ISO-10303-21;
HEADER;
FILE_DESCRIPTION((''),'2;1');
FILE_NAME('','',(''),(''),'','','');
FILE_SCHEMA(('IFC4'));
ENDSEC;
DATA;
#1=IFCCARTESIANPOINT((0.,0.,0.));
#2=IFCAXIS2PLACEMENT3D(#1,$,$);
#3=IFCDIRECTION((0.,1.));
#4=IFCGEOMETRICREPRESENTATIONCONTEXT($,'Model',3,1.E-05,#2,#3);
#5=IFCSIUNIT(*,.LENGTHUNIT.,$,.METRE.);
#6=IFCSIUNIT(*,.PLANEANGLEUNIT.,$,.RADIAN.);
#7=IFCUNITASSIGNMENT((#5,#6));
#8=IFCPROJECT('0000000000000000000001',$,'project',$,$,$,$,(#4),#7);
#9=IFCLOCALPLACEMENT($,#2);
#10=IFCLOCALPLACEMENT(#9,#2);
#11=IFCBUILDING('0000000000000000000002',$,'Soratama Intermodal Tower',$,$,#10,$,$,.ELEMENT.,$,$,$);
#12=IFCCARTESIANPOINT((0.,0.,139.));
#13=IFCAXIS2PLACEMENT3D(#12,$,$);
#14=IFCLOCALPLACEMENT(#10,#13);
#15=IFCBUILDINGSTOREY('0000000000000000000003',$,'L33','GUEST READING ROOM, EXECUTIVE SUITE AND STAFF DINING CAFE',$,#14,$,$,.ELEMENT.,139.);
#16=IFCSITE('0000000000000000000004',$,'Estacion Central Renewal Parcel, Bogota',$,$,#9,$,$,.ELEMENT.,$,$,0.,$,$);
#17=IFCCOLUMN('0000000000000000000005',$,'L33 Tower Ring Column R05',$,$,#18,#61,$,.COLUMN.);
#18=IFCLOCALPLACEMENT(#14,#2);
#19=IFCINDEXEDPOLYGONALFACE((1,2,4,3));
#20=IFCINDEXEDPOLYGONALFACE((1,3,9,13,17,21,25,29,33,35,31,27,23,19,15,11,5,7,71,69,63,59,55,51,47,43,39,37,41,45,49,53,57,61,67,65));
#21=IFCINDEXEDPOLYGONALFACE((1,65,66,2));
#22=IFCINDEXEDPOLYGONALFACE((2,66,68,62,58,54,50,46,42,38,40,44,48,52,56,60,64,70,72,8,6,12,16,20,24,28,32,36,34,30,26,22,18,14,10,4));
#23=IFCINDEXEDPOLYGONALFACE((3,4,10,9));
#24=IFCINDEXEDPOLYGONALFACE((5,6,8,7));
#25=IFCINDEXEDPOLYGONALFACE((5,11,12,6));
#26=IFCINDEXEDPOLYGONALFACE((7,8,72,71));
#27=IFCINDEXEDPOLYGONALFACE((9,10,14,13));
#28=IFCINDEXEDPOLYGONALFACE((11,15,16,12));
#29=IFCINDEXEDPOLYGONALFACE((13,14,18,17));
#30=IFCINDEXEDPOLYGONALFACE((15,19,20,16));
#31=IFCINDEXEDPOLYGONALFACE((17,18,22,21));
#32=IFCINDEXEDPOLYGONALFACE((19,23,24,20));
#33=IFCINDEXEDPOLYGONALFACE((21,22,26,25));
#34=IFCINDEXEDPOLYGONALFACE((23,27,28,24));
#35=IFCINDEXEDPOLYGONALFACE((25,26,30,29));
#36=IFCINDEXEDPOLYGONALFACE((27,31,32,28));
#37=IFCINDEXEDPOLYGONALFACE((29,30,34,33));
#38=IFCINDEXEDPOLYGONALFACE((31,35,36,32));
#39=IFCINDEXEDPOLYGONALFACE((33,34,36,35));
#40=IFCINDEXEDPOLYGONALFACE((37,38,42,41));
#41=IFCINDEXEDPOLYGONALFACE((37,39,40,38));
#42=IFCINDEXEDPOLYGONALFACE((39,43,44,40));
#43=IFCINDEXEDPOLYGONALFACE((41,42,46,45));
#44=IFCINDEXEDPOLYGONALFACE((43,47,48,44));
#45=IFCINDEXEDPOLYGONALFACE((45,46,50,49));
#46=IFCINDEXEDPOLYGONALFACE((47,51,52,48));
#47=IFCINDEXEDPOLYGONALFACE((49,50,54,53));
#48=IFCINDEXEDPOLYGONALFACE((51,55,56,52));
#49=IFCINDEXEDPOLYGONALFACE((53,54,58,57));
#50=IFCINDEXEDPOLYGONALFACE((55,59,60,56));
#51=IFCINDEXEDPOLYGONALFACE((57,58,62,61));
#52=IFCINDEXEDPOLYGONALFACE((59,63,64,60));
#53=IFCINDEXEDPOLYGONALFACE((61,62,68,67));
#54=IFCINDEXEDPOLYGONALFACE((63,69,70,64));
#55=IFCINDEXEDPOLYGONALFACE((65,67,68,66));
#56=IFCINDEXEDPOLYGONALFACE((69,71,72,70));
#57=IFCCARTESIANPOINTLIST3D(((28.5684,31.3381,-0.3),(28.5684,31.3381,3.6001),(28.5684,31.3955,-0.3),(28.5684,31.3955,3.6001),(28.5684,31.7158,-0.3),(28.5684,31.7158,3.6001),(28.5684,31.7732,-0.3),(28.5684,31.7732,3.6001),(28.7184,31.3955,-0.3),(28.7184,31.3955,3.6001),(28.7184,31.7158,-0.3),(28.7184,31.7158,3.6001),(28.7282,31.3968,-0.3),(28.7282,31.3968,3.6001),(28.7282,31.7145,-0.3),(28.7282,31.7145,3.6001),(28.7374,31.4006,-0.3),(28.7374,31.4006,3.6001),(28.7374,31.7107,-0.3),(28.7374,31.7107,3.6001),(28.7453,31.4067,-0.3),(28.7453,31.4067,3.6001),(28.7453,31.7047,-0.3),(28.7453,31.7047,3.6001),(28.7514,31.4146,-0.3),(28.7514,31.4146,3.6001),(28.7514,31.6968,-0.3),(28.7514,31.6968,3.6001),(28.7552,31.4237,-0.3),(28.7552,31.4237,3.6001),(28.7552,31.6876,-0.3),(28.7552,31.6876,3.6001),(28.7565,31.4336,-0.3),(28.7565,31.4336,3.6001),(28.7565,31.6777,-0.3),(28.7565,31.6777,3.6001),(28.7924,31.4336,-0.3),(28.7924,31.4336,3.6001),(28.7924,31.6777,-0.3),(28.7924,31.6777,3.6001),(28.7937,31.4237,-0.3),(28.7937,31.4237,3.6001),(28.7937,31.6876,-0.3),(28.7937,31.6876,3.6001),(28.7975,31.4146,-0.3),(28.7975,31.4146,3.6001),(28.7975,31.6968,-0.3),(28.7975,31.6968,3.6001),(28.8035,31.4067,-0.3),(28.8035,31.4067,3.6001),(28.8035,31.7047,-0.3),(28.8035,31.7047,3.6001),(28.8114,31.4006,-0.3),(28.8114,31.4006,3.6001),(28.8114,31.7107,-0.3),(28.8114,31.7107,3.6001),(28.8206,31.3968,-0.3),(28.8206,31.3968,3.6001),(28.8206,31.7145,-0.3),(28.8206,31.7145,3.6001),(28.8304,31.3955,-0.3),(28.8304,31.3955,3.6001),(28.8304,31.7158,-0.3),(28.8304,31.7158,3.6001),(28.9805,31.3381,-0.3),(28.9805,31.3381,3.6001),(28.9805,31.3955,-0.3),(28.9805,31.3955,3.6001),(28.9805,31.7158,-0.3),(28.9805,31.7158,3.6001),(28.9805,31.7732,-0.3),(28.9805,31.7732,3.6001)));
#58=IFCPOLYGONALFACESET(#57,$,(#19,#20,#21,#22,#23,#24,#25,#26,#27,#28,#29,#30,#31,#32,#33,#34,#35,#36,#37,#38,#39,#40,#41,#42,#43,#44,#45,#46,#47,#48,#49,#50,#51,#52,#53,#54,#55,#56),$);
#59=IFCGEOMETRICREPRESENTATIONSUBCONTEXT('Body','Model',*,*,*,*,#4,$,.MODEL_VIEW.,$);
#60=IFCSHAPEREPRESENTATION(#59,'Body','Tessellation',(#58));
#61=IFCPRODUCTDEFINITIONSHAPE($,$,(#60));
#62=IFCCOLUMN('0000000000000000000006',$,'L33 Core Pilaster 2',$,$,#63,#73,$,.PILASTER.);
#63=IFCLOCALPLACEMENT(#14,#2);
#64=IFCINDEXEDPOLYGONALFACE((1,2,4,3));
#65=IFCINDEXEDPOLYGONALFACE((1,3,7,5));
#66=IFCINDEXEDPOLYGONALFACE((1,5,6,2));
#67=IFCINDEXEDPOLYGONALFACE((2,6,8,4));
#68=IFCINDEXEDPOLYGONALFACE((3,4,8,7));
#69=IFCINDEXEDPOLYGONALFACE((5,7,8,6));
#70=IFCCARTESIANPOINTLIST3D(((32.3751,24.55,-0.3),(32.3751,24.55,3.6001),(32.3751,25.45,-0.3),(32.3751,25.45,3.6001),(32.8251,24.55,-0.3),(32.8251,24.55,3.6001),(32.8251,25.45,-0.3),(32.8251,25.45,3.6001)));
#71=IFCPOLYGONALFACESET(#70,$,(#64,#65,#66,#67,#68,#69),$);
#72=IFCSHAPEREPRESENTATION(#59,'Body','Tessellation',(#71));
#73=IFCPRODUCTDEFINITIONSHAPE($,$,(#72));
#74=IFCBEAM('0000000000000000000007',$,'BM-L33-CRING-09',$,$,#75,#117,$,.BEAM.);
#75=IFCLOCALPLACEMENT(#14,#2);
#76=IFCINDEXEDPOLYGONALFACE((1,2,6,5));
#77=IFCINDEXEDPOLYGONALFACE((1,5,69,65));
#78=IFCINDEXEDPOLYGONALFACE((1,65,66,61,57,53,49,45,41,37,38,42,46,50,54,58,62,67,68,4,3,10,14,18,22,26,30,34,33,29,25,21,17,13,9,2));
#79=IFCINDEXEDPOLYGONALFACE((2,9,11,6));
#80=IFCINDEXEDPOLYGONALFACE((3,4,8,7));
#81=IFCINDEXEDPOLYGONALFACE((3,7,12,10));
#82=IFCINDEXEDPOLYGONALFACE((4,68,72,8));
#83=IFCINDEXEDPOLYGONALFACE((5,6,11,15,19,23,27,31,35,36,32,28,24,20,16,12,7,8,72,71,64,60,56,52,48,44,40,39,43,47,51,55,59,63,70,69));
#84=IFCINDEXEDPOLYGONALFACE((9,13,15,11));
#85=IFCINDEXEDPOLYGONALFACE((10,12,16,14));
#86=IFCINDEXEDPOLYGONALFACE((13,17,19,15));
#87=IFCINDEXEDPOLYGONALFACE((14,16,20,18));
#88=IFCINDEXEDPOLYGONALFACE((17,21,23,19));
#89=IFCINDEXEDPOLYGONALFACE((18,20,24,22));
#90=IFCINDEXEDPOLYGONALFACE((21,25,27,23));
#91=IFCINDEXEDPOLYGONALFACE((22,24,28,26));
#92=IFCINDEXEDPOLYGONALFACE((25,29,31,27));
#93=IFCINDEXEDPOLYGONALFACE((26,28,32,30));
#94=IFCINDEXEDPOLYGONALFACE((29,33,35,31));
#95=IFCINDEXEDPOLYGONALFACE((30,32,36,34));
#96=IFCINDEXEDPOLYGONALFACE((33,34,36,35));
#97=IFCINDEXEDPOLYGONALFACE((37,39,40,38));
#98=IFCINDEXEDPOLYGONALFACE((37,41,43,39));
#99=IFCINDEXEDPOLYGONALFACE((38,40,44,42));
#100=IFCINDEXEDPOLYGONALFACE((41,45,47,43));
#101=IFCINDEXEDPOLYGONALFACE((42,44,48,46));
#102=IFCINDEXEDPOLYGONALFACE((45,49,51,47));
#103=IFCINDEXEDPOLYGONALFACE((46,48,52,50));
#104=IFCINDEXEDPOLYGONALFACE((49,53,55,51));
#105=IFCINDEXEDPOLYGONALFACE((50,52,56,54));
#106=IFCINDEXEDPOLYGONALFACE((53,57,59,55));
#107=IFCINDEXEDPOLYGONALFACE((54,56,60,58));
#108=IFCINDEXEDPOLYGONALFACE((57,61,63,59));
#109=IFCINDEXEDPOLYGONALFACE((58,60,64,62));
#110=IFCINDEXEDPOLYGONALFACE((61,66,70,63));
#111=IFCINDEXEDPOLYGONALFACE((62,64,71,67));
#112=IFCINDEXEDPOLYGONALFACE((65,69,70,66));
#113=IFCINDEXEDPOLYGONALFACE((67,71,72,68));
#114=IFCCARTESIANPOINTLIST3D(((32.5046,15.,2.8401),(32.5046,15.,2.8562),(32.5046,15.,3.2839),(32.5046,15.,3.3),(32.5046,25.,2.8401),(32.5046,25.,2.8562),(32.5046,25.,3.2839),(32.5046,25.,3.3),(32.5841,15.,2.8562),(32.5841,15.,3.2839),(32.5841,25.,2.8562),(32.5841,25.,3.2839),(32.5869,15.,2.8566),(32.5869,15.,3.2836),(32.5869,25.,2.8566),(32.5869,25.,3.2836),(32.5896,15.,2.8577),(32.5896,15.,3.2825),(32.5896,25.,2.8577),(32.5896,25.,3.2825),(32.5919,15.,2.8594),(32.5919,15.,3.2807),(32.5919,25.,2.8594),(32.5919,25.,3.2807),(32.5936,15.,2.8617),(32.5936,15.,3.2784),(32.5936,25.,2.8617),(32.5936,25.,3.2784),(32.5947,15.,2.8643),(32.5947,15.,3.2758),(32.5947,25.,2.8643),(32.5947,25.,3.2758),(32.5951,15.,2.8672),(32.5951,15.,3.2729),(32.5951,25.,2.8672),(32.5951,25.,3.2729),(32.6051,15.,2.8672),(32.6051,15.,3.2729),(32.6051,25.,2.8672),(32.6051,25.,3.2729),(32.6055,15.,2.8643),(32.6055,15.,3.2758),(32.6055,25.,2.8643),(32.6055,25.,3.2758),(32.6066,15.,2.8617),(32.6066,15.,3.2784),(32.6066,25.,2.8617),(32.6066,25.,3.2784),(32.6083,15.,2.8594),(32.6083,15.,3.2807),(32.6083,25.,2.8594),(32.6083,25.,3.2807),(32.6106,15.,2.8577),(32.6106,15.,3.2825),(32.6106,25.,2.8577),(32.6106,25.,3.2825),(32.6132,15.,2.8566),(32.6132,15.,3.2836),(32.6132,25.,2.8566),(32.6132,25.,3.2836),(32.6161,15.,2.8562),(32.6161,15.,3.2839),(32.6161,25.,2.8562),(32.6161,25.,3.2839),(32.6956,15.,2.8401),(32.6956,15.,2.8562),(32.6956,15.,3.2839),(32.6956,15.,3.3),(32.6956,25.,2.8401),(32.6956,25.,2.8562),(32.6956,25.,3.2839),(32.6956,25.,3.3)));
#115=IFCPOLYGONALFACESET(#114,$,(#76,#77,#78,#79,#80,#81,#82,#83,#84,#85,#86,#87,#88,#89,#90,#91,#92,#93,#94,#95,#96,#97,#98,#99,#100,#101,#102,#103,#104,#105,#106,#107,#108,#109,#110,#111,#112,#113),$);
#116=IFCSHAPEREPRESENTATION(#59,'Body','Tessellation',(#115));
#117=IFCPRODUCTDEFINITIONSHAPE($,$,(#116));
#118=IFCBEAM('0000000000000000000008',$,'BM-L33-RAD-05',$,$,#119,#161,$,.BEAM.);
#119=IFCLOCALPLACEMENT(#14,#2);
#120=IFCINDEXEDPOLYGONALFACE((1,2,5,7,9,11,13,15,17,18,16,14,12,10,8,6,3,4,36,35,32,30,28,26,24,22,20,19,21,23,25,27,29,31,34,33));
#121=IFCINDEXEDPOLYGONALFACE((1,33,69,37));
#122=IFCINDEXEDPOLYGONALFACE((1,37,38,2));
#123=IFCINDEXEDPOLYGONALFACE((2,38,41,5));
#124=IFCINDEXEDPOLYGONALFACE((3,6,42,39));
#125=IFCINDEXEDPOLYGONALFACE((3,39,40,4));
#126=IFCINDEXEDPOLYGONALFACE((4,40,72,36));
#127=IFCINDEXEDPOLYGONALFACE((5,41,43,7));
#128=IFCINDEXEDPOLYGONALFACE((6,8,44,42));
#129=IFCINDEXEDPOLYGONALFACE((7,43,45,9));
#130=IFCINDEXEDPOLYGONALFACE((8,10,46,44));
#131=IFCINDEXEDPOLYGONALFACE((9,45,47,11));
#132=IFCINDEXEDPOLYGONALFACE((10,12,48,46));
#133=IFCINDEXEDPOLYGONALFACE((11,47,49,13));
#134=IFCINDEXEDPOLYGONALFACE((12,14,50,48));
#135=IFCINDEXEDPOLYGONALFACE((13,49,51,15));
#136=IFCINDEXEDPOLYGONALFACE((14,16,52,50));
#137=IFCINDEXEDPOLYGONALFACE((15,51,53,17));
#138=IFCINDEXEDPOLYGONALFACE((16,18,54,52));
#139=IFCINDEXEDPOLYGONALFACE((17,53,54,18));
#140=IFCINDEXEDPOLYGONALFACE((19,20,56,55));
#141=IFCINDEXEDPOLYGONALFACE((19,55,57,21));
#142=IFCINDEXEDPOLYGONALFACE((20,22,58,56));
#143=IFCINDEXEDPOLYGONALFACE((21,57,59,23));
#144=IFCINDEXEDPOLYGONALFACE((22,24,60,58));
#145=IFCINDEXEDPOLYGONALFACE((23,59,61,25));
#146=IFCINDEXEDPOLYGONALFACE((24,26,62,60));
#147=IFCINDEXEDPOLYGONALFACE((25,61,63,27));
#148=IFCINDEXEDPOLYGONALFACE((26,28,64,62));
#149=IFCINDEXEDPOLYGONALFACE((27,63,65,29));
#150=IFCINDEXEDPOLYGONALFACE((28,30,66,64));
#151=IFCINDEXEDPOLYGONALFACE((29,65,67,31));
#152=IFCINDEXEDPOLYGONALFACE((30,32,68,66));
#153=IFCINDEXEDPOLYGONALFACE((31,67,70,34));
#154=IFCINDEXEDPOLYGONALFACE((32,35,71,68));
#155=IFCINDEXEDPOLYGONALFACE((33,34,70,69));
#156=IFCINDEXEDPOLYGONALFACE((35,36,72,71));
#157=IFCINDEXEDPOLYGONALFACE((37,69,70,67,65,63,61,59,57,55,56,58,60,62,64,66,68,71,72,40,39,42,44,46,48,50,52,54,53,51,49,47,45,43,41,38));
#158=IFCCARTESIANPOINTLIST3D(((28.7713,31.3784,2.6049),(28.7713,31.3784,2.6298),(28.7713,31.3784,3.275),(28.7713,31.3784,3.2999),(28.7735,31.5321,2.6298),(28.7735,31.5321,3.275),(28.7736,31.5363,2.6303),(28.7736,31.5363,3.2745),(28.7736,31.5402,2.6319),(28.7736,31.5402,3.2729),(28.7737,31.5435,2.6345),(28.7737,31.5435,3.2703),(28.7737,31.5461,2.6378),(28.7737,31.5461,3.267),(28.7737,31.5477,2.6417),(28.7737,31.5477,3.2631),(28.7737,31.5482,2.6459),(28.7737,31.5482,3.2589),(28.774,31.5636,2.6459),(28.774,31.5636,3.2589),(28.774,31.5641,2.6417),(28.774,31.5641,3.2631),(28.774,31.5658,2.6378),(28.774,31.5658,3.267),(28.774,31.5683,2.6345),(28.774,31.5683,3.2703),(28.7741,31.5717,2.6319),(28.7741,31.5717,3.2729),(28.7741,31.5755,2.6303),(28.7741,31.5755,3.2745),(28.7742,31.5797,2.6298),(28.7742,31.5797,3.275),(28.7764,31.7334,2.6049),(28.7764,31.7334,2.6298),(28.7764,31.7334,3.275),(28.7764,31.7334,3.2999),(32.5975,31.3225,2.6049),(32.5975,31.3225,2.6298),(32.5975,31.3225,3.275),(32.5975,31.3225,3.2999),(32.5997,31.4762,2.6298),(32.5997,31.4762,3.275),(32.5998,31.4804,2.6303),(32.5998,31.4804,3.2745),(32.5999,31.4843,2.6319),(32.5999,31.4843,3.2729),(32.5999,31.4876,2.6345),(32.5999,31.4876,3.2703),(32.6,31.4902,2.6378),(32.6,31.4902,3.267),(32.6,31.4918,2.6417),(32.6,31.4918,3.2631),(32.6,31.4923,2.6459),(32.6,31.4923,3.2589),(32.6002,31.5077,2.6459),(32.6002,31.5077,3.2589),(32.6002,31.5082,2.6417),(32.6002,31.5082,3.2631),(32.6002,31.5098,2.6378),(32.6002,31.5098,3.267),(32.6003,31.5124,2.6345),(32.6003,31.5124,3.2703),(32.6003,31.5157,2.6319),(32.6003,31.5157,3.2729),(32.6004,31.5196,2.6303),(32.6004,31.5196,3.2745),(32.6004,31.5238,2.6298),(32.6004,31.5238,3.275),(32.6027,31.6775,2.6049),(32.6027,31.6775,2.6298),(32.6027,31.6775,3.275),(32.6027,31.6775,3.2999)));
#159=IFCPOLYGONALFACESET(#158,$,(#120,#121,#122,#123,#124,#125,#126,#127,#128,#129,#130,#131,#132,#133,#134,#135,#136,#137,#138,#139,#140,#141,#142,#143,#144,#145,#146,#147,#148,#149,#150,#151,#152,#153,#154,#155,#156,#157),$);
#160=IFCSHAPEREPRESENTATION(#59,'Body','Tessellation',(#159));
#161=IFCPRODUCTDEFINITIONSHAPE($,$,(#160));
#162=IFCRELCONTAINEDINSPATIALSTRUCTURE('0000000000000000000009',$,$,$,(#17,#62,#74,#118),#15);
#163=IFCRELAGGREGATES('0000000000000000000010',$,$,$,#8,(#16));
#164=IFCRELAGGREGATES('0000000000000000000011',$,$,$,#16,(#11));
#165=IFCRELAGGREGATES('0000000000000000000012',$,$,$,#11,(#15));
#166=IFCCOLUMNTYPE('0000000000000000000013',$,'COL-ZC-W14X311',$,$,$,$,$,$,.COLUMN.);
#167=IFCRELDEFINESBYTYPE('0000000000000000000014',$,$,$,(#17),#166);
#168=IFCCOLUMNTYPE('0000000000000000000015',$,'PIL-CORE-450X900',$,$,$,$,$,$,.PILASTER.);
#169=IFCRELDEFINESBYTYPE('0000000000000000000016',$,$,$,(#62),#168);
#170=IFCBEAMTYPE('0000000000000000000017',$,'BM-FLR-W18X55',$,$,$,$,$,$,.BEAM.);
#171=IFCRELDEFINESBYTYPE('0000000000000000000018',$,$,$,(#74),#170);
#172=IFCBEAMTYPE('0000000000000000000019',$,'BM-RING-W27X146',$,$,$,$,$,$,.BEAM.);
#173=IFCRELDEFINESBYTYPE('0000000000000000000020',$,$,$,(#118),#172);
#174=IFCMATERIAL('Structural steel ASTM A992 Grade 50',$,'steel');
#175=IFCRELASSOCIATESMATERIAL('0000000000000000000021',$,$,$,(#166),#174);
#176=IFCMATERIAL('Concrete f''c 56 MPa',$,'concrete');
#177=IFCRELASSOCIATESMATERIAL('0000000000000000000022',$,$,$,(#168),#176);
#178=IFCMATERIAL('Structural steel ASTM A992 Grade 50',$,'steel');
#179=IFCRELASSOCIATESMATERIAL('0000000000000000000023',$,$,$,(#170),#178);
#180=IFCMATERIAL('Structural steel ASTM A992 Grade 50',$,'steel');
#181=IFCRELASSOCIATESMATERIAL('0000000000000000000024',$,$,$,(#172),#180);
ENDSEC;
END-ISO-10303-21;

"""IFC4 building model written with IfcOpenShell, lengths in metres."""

from ifc_helpers import new_model, si_unit, direction, frame, origin, origin_2d, place, context, subcontext, project, spatial, rectangle, i_section, extrude, material, material_profile, profile_set, type_object, element, save


model = new_model("IFC4")

# Units and contexts
model_context = context("Model", 3, precision=1e-05, world=origin(), true_north=direction((0.0, 1.0)))
body_context = subcontext(model_context, "Body", "Model", "MODEL_VIEW")
ifc_project = project(units=[si_unit("LENGTHUNIT", "METRE"), si_unit("PLANEANGLEUNIT", "RADIAN")], contexts=[model_context])

# Site, building, storey
site_placement = place(None, origin())
site = spatial("IfcSite", under=ifc_project, at=site_placement, Name="Estacion Central Renewal Parcel, Bogota", CompositionType="ELEMENT", RefElevation=0.0)
building_placement = place(site_placement, origin())
building = spatial("IfcBuilding", under=site, at=building_placement, Name="Soratama Intermodal Tower", CompositionType="ELEMENT")
storey_placement = place(building_placement, frame((0.0, 0.0, 139.0)))
storey = spatial("IfcBuildingStorey", under=building, at=storey_placement, Name="L33", Description="GUEST READING ROOM, EXECUTIVE SUITE AND STAFF DINING CAFE", CompositionType="ELEMENT", Elevation=139.0)

# Columns
ifc_material_1 = material(Name="Structural steel ASTM A992 Grade 50", Category="steel")
ifc_material_profile_1 = material_profile(ifc_material_1, i_section(OverallWidth=0.4121, OverallDepth=0.4351, WebThickness=0.0359, FlangeThickness=0.0574, FilletRadius=0.0381, at=origin_2d()), Name="W14X311")
ifc_profile_set_1 = profile_set([ifc_material_profile_1], Name="Structural steel ASTM A992 Grade 50")
column_type_1 = type_object("IfcColumnType", Name="COL-ZC-W14X311", PredefinedType="COLUMN", material=ifc_profile_set_1)
column_1_placement = place(storey_placement, frame((28.7744, 31.5557, -0.3), z_axis=(0.0, 0.0, 1.0), x_axis=(1.0, 0.0, 0.0)))
element("IfcColumn", 1, at=column_1_placement, inside=storey, type_object=column_type_1, Name="L33 Tower Ring Column R05", PredefinedType="COLUMN", context=body_context, shape_type="SweptSolid", body=[
    extrude(i_section(OverallWidth=0.4121, OverallDepth=0.4351, WebThickness=0.0359, FlangeThickness=0.0574, FilletRadius=0.0381, at=origin_2d()), origin(), (0.0, 0.0, 1.0), 3.9001),
])
ifc_material_2 = material(Name="Concrete f'c 56 MPa", Category="concrete")
ifc_material_profile_2 = material_profile(ifc_material_2, rectangle(XDim=0.45, YDim=0.8999, at=origin_2d()), Name="RC450X900")
ifc_profile_set_2 = profile_set([ifc_material_profile_2], Name="Concrete f'c 56 MPa")
column_type_2 = type_object("IfcColumnType", Name="PIL-CORE-450X900", PredefinedType="PILASTER", material=ifc_profile_set_2)
column_2_placement = place(storey_placement, frame((32.6001, 25.0, -0.3), z_axis=(0.0, 0.0, 1.0), x_axis=(1.0, 0.0, 0.0)))
element("IfcColumn", 2, at=column_2_placement, inside=storey, type_object=column_type_2, Name="L33 Core Pilaster 2", PredefinedType="PILASTER", context=body_context, shape_type="SweptSolid", body=[
    extrude(rectangle(XDim=0.45, YDim=0.8999, at=origin_2d()), origin(), (0.0, 0.0, 1.0), 3.9001),
])

# Beams
ifc_material_3 = material(Name="Structural steel ASTM A992 Grade 50", Category="steel")
ifc_material_profile_3 = material_profile(ifc_material_3, i_section(OverallWidth=0.1909, OverallDepth=0.46, WebThickness=0.01, FlangeThickness=0.0161, FilletRadius=0.011, at=origin_2d()), Name="W18X55")
ifc_profile_set_3 = profile_set([ifc_material_profile_3], Name="Structural steel ASTM A992 Grade 50")
beam_type_1 = type_object("IfcBeamType", Name="BM-FLR-W18X55", PredefinedType="BEAM", material=ifc_profile_set_3)
beam_1_placement = place(storey_placement, frame((32.6001, 25.0, 3.0701), z_axis=(0.0, -1.0, 0.0), x_axis=(1.0, 0.0, 0.0)))
element("IfcBeam", 3, at=beam_1_placement, inside=storey, type_object=beam_type_1, Name="BM-L33-CRING-09", PredefinedType="BEAM", context=body_context, shape_type="SweptSolid", body=[
    extrude(i_section(OverallWidth=0.1909, OverallDepth=0.46, WebThickness=0.01, FlangeThickness=0.0161, FilletRadius=0.011, at=origin_2d()), origin(), (0.0, 0.0, 1.0), 10.0),
])
ifc_material_4 = material(Name="Structural steel ASTM A992 Grade 50", Category="steel")
ifc_material_profile_4 = material_profile(ifc_material_4, i_section(OverallWidth=0.355, OverallDepth=0.6951, WebThickness=0.0154, FlangeThickness=0.0249, FilletRadius=0.0161, at=origin_2d()), Name="W27X146")
ifc_profile_set_4 = profile_set([ifc_material_profile_4], Name="Structural steel ASTM A992 Grade 50")
beam_type_2 = type_object("IfcBeamType", Name="BM-RING-W27X146", PredefinedType="BEAM", material=ifc_profile_set_4)
beam_2_placement = place(storey_placement, frame((32.6001, 31.5, 2.9524), z_axis=(-0.999893, 0.01461, 0.0), x_axis=(-0.01461, -0.999893, 0.0)))
element("IfcBeam", 4, at=beam_2_placement, inside=storey, type_object=beam_type_2, Name="BM-L33-RAD-05", PredefinedType="BEAM", context=body_context, shape_type="SweptSolid", body=[
    extrude(i_section(OverallWidth=0.355, OverallDepth=0.6951, WebThickness=0.0154, FlangeThickness=0.0249, FilletRadius=0.0161, at=origin_2d()), origin(), (0.0, 0.0, 1.0), 3.8267),
])

save(model, "model.ifc")
